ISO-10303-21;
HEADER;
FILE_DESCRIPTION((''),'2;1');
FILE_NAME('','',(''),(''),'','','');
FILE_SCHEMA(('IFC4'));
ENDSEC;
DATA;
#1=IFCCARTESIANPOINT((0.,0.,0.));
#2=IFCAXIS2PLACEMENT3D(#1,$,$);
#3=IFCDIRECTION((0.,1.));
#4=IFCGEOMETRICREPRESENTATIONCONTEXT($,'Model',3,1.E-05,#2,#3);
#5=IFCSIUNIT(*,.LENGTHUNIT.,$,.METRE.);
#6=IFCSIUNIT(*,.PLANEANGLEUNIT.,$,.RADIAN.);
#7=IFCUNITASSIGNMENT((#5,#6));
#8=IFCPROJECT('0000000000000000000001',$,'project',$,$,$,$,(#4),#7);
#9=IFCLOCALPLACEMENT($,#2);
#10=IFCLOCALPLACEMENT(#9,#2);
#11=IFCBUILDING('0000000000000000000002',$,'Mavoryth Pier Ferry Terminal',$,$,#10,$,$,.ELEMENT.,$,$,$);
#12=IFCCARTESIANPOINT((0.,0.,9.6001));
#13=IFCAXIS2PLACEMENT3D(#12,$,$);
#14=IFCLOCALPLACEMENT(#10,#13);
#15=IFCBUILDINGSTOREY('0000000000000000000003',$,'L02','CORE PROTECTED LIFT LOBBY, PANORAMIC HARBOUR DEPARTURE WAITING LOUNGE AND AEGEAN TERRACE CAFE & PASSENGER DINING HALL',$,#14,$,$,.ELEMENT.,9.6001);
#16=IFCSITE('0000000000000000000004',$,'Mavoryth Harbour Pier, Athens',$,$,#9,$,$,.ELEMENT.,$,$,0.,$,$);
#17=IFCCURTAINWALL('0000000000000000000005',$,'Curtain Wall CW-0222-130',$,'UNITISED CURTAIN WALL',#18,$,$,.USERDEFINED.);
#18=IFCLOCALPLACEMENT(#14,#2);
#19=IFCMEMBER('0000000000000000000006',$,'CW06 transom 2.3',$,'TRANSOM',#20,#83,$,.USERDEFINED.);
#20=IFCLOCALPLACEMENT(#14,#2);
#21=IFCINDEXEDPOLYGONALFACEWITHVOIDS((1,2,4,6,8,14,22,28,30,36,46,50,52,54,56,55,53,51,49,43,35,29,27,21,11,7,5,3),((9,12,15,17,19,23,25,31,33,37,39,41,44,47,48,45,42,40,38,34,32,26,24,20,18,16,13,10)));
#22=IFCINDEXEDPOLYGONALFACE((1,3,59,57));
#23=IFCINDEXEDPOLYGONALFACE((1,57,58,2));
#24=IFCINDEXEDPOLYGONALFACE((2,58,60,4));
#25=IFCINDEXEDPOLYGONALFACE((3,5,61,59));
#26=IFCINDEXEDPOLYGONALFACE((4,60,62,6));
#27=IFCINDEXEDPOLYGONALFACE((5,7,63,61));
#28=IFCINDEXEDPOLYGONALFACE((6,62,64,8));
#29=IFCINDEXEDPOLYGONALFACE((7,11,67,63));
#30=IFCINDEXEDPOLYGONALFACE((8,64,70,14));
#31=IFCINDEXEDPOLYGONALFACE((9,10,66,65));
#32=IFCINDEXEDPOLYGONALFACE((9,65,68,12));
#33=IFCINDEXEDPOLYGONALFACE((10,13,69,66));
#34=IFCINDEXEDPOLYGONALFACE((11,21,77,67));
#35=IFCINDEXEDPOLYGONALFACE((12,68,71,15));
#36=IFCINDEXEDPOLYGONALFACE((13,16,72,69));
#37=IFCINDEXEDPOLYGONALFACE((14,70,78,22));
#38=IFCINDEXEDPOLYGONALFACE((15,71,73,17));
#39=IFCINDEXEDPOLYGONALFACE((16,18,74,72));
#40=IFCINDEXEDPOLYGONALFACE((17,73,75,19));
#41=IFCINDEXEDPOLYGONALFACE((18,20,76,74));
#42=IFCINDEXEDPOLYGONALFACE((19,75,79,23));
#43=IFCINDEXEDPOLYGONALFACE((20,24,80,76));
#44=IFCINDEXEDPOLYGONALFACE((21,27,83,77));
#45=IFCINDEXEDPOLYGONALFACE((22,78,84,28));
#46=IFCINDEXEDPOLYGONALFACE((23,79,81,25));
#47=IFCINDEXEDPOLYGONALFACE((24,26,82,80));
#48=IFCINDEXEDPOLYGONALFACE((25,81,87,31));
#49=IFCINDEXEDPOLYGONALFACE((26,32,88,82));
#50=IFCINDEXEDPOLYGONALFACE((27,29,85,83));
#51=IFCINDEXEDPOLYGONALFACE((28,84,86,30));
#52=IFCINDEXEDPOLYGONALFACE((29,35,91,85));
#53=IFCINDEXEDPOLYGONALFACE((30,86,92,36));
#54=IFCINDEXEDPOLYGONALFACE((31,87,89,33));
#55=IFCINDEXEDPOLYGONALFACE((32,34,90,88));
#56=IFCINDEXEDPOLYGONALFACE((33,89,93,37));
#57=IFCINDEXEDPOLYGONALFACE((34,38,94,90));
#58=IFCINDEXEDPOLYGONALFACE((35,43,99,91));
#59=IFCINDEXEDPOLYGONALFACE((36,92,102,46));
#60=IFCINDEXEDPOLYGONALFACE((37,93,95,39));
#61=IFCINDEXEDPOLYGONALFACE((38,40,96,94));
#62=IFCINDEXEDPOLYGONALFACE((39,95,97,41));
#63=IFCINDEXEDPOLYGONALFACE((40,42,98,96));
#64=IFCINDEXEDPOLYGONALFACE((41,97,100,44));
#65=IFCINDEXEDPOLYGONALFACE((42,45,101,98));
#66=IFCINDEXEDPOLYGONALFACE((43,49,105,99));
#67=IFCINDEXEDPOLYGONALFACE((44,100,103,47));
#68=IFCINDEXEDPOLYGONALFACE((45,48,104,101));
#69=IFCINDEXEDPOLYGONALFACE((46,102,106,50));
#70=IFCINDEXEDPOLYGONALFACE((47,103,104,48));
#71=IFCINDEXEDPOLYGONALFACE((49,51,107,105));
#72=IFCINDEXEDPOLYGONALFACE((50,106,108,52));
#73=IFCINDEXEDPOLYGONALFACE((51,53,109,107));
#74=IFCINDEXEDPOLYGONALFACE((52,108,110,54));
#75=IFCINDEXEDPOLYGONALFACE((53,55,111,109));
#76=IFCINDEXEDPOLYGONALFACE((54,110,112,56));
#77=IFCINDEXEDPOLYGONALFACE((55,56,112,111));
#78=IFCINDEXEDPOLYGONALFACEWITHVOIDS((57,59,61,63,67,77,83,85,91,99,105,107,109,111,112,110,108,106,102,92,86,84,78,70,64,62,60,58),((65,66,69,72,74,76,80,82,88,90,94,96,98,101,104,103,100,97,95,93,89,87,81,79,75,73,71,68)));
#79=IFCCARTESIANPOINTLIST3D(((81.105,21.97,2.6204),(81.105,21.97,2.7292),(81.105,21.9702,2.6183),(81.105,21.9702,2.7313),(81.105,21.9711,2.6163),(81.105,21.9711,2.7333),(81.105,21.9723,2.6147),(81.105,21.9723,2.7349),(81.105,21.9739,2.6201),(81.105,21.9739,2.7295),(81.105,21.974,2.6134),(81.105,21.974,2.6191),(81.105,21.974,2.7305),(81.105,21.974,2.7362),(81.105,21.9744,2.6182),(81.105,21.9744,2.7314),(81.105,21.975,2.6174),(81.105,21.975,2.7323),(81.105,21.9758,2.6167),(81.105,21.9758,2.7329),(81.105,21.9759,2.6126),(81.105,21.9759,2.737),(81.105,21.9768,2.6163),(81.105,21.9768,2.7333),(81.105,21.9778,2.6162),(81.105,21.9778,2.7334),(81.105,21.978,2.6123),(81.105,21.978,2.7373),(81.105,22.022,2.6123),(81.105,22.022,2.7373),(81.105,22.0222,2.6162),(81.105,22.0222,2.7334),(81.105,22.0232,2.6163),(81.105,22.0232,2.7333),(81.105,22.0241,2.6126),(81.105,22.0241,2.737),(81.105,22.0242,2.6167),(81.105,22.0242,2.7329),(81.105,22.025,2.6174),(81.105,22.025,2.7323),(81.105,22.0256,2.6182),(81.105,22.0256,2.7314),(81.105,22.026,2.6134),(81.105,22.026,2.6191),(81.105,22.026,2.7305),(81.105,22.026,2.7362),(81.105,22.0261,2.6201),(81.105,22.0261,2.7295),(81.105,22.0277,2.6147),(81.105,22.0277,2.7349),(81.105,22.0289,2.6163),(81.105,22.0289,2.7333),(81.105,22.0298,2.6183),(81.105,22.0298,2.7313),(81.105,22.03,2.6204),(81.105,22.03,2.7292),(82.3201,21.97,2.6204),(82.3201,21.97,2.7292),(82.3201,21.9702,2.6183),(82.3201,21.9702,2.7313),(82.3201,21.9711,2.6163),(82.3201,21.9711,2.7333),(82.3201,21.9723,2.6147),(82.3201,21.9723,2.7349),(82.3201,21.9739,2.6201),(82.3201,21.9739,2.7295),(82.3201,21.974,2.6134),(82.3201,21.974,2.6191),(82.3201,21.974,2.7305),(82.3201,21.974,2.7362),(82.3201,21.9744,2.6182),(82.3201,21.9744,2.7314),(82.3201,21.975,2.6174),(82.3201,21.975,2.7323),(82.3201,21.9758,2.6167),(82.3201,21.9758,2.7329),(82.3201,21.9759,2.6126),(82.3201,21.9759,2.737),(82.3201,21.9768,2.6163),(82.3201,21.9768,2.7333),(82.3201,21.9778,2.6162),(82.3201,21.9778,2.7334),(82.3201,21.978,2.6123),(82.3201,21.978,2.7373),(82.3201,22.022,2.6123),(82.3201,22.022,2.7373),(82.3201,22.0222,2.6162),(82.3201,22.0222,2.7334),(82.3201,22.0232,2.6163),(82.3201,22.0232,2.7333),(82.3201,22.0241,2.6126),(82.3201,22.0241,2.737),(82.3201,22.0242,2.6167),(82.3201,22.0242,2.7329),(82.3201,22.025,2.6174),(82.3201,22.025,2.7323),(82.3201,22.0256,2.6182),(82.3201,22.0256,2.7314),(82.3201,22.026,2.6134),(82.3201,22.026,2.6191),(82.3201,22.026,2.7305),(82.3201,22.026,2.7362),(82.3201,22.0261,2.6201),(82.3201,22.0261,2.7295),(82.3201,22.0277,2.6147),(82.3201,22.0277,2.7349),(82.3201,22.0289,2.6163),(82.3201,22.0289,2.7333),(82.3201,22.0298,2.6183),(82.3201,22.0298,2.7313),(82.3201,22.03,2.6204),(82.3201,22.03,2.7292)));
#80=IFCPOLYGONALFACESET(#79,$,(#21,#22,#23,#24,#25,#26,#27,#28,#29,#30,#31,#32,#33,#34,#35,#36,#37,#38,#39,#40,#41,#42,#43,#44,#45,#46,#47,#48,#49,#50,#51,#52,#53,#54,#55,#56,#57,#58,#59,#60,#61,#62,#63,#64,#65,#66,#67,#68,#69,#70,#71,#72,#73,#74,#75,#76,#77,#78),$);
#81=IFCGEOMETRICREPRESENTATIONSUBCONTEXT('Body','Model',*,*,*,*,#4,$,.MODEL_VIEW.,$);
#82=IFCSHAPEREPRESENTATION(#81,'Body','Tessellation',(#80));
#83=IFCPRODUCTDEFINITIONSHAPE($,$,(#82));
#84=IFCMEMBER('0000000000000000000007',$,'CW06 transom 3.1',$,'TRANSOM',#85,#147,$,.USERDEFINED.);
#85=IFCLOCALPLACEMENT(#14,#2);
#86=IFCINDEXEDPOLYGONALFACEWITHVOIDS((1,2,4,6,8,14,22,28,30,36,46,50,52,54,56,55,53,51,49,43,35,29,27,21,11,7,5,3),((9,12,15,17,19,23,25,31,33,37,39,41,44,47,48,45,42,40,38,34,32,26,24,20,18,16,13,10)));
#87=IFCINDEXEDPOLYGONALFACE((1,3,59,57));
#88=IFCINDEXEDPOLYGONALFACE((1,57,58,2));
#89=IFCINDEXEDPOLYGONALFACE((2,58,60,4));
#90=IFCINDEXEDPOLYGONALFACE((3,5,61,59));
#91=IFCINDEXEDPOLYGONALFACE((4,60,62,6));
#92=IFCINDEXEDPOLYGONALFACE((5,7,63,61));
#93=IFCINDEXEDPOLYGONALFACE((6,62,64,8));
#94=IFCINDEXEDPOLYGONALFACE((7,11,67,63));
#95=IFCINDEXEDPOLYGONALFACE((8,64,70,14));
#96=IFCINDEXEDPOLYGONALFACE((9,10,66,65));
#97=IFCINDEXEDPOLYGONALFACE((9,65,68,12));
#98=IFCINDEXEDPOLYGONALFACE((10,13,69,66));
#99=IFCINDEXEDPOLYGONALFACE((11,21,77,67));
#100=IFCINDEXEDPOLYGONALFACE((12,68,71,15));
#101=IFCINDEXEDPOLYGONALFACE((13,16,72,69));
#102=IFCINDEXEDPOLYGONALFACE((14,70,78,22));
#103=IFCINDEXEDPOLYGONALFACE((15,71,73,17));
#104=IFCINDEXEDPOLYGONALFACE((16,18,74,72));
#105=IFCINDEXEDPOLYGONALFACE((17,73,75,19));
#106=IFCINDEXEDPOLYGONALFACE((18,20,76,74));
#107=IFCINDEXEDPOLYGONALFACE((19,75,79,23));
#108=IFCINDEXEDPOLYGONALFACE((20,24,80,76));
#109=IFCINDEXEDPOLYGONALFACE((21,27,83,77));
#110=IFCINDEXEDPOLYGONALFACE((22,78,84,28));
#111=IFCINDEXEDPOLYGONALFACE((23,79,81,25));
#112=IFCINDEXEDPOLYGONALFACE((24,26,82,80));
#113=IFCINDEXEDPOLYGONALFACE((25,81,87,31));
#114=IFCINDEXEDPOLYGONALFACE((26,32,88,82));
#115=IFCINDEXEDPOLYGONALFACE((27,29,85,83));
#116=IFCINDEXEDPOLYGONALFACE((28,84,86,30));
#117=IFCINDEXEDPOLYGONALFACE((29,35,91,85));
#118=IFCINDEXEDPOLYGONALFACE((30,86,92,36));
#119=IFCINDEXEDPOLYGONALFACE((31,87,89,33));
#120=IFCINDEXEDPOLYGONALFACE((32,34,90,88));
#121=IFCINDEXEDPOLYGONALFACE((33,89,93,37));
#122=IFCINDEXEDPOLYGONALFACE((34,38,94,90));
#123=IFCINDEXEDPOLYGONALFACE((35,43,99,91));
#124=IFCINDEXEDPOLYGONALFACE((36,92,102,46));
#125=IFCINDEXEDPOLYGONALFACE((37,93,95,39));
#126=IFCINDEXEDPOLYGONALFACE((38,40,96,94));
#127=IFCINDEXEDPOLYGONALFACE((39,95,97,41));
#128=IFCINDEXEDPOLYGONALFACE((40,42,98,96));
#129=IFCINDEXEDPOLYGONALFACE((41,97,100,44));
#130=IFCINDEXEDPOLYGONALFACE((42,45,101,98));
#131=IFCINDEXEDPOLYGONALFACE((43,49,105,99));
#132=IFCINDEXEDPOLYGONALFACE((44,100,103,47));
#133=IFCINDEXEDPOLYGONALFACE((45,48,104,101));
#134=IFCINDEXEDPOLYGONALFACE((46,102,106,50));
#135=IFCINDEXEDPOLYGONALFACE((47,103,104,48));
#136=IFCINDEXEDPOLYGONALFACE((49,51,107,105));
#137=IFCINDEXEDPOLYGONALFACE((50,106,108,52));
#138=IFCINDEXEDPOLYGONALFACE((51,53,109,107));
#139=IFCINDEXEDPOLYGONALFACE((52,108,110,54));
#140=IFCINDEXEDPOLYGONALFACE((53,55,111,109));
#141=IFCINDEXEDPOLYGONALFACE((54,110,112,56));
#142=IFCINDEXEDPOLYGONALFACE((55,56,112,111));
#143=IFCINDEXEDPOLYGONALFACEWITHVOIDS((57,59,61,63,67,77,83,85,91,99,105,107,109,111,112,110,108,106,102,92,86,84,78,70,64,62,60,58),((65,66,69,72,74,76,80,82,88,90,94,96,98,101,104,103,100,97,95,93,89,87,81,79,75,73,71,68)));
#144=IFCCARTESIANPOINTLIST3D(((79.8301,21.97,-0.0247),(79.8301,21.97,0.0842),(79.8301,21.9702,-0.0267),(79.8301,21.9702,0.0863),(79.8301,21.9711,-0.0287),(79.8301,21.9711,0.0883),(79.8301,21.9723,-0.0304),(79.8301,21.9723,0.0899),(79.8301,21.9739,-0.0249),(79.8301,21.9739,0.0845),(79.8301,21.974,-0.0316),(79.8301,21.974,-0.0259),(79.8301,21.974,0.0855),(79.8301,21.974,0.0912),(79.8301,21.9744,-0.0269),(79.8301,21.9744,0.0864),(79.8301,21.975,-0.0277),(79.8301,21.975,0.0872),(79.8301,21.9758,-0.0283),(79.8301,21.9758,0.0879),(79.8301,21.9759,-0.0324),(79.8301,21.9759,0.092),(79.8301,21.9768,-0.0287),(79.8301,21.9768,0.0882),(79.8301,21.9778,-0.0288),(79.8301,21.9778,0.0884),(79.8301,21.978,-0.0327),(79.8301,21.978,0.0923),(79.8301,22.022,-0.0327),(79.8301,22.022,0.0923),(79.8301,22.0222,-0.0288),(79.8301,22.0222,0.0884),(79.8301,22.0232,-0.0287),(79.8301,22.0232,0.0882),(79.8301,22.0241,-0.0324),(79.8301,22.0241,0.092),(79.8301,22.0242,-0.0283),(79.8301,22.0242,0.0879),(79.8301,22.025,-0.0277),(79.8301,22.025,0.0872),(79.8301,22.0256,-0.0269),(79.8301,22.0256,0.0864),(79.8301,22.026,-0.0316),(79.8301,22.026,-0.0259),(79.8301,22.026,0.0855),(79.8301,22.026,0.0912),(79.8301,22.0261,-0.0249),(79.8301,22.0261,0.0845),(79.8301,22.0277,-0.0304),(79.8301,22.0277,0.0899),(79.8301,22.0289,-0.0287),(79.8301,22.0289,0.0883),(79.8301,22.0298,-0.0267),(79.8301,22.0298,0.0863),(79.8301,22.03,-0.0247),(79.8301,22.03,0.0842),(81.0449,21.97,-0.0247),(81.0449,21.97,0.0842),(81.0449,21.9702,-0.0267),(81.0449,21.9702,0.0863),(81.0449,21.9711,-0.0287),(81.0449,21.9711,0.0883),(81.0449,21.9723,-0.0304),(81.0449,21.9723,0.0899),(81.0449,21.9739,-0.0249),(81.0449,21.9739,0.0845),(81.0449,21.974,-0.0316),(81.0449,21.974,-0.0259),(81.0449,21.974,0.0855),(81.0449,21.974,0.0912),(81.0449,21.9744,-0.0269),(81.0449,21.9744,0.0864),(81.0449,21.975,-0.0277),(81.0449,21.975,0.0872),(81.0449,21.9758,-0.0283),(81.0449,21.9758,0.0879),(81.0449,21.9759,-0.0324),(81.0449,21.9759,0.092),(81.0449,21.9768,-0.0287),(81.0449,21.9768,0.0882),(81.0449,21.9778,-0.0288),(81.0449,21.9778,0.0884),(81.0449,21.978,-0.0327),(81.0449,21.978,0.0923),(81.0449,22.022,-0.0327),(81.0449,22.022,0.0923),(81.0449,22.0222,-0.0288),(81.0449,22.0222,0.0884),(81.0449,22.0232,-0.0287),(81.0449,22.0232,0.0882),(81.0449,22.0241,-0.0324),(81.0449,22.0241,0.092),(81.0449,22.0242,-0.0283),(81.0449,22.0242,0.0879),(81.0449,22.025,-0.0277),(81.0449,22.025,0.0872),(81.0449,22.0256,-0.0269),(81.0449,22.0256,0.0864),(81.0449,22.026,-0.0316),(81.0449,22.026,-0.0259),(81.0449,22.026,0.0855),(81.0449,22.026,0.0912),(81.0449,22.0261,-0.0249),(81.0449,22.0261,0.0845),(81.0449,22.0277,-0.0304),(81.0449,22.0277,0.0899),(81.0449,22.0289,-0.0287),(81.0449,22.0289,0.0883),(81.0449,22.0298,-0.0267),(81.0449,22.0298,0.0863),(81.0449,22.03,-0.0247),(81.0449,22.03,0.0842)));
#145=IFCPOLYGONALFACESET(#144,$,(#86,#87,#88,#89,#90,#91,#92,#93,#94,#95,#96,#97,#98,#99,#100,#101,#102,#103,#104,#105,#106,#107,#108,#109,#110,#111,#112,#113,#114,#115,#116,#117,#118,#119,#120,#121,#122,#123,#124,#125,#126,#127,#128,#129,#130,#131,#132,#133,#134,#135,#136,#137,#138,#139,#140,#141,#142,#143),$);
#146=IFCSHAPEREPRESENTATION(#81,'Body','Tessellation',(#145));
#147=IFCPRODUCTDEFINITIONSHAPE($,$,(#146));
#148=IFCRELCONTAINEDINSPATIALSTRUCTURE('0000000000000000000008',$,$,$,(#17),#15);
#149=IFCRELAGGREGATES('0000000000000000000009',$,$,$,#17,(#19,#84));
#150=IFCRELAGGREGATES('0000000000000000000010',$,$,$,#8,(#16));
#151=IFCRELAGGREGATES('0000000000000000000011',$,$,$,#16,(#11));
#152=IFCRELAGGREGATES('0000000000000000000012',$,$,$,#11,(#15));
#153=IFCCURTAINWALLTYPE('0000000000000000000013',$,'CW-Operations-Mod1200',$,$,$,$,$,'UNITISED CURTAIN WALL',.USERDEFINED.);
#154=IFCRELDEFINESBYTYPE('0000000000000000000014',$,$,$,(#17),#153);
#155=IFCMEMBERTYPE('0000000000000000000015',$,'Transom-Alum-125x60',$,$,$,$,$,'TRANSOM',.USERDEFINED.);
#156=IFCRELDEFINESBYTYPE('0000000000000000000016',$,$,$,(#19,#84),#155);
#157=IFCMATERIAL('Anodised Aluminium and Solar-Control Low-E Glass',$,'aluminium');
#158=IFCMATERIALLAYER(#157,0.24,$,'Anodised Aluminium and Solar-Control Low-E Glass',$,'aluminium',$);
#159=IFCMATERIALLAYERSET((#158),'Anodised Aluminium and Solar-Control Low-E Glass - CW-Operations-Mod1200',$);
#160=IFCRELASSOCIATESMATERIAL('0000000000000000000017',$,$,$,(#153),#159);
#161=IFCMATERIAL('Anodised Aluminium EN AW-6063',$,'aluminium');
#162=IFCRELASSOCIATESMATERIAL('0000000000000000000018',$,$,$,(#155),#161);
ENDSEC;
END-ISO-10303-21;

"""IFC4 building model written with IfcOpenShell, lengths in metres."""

from ifc_helpers import new_model, si_unit, direction, frame, origin, origin_2d, place, context, subcontext, project, spatial, hollow_rectangle, extrude, material, layer, layer_set, material_profile, profile_set, type_object, element, aggregate, save


model = new_model("IFC4")

# Units and contexts
model_context = context("Model", 3, precision=1e-05, world=origin(), true_north=direction((0.0, 1.0)))
body_context = subcontext(model_context, "Body", "Model", "MODEL_VIEW")
ifc_project = project(units=[si_unit("LENGTHUNIT", "METRE"), si_unit("PLANEANGLEUNIT", "RADIAN")], contexts=[model_context])

# Site, building, storey
site_placement = place(None, origin())
site = spatial("IfcSite", under=ifc_project, at=site_placement, Name="Mavoryth Harbour Pier, Athens", CompositionType="ELEMENT", RefElevation=0.0)
building_placement = place(site_placement, origin())
building = spatial("IfcBuilding", under=site, at=building_placement, Name="Mavoryth Pier Ferry Terminal", CompositionType="ELEMENT")
storey_placement = place(building_placement, frame((0.0, 0.0, 9.6001)))
storey = spatial("IfcBuildingStorey", under=building, at=storey_placement, Name="L02", Description="CORE PROTECTED LIFT LOBBY, PANORAMIC HARBOUR DEPARTURE WAITING LOUNGE AND AEGEAN TERRACE CAFE & PASSENGER DINING HALL", CompositionType="ELEMENT", Elevation=9.6001)

# Curtain wall, members
ifc_material_1 = material(Name="Anodised Aluminium and Solar-Control Low-E Glass", Category="aluminium")
ifc_layer_1 = layer(ifc_material_1, 0.24, Name="Anodised Aluminium and Solar-Control Low-E Glass", Category="aluminium")
ifc_layer_set_1 = layer_set([ifc_layer_1], Name="Anodised Aluminium and Solar-Control Low-E Glass - CW-Operations-Mod1200")
curtain_wall_type = type_object("IfcCurtainWallType", Name="CW-Operations-Mod1200", ElementType="UNITISED CURTAIN WALL", PredefinedType="USERDEFINED", material=ifc_layer_set_1)
curtain_wall_placement = place(storey_placement, origin())
curtain_wall = element("IfcCurtainWall", 1, at=curtain_wall_placement, inside=storey, type_object=curtain_wall_type, Name="Curtain Wall CW-0222-130", ObjectType="UNITISED CURTAIN WALL", PredefinedType="USERDEFINED")
ifc_material_2 = material(Name="Anodised Aluminium EN AW-6063", Category="aluminium")
ifc_material_profile_1 = material_profile(ifc_material_2, hollow_rectangle(XDim=0.0601, YDim=0.125, WallThickness=0.0039, InnerFilletRadius=0.0039, OuterFilletRadius=0.0081, at=origin_2d()), Name="AL-TRAN 125x60x4", Category="aluminium")
ifc_profile_set_1 = profile_set([ifc_material_profile_1], Name="Anodised Aluminium EN AW-6063 - AL-TRAN 125x60x4")
member_type_1 = type_object("IfcMemberType", Name="Transom-Alum-125x60", ElementType="TRANSOM", PredefinedType="USERDEFINED", material=ifc_profile_set_1)
member_1_placement = place(storey_placement, frame((82.3201, 22.0, 2.6748), z_axis=(-1.0, 0.0, 0.0), x_axis=(0.0, -1.0, 0.0)))
member_1 = element("IfcMember", 2, at=member_1_placement, type_object=member_type_1, Name="CW06 transom 2.3", ObjectType="TRANSOM", PredefinedType="USERDEFINED", context=body_context, shape_type="SweptSolid", body=[
    extrude(hollow_rectangle(XDim=0.0601, YDim=0.125, WallThickness=0.0039, InnerFilletRadius=0.0039, OuterFilletRadius=0.0081, at=origin_2d()), origin(), (0.0, 0.0, 1.0), 1.2151),
])
member_2_placement = place(storey_placement, frame((81.0449, 22.0, 0.0298), z_axis=(-1.0, 0.0, 0.0), x_axis=(0.0, -1.0, 0.0)))
member_2 = element("IfcMember", 3, at=member_2_placement, type_object=member_type_1, Name="CW06 transom 3.1", ObjectType="TRANSOM", PredefinedType="USERDEFINED", context=body_context, shape_type="SweptSolid", body=[
    extrude(hollow_rectangle(XDim=0.0601, YDim=0.125, WallThickness=0.0039, InnerFilletRadius=0.0039, OuterFilletRadius=0.0081, at=origin_2d()), origin(), (0.0, 0.0, 1.0), 1.2148),
])
aggregate(curtain_wall, [member_1, member_2])

save(model, "model.ifc")
